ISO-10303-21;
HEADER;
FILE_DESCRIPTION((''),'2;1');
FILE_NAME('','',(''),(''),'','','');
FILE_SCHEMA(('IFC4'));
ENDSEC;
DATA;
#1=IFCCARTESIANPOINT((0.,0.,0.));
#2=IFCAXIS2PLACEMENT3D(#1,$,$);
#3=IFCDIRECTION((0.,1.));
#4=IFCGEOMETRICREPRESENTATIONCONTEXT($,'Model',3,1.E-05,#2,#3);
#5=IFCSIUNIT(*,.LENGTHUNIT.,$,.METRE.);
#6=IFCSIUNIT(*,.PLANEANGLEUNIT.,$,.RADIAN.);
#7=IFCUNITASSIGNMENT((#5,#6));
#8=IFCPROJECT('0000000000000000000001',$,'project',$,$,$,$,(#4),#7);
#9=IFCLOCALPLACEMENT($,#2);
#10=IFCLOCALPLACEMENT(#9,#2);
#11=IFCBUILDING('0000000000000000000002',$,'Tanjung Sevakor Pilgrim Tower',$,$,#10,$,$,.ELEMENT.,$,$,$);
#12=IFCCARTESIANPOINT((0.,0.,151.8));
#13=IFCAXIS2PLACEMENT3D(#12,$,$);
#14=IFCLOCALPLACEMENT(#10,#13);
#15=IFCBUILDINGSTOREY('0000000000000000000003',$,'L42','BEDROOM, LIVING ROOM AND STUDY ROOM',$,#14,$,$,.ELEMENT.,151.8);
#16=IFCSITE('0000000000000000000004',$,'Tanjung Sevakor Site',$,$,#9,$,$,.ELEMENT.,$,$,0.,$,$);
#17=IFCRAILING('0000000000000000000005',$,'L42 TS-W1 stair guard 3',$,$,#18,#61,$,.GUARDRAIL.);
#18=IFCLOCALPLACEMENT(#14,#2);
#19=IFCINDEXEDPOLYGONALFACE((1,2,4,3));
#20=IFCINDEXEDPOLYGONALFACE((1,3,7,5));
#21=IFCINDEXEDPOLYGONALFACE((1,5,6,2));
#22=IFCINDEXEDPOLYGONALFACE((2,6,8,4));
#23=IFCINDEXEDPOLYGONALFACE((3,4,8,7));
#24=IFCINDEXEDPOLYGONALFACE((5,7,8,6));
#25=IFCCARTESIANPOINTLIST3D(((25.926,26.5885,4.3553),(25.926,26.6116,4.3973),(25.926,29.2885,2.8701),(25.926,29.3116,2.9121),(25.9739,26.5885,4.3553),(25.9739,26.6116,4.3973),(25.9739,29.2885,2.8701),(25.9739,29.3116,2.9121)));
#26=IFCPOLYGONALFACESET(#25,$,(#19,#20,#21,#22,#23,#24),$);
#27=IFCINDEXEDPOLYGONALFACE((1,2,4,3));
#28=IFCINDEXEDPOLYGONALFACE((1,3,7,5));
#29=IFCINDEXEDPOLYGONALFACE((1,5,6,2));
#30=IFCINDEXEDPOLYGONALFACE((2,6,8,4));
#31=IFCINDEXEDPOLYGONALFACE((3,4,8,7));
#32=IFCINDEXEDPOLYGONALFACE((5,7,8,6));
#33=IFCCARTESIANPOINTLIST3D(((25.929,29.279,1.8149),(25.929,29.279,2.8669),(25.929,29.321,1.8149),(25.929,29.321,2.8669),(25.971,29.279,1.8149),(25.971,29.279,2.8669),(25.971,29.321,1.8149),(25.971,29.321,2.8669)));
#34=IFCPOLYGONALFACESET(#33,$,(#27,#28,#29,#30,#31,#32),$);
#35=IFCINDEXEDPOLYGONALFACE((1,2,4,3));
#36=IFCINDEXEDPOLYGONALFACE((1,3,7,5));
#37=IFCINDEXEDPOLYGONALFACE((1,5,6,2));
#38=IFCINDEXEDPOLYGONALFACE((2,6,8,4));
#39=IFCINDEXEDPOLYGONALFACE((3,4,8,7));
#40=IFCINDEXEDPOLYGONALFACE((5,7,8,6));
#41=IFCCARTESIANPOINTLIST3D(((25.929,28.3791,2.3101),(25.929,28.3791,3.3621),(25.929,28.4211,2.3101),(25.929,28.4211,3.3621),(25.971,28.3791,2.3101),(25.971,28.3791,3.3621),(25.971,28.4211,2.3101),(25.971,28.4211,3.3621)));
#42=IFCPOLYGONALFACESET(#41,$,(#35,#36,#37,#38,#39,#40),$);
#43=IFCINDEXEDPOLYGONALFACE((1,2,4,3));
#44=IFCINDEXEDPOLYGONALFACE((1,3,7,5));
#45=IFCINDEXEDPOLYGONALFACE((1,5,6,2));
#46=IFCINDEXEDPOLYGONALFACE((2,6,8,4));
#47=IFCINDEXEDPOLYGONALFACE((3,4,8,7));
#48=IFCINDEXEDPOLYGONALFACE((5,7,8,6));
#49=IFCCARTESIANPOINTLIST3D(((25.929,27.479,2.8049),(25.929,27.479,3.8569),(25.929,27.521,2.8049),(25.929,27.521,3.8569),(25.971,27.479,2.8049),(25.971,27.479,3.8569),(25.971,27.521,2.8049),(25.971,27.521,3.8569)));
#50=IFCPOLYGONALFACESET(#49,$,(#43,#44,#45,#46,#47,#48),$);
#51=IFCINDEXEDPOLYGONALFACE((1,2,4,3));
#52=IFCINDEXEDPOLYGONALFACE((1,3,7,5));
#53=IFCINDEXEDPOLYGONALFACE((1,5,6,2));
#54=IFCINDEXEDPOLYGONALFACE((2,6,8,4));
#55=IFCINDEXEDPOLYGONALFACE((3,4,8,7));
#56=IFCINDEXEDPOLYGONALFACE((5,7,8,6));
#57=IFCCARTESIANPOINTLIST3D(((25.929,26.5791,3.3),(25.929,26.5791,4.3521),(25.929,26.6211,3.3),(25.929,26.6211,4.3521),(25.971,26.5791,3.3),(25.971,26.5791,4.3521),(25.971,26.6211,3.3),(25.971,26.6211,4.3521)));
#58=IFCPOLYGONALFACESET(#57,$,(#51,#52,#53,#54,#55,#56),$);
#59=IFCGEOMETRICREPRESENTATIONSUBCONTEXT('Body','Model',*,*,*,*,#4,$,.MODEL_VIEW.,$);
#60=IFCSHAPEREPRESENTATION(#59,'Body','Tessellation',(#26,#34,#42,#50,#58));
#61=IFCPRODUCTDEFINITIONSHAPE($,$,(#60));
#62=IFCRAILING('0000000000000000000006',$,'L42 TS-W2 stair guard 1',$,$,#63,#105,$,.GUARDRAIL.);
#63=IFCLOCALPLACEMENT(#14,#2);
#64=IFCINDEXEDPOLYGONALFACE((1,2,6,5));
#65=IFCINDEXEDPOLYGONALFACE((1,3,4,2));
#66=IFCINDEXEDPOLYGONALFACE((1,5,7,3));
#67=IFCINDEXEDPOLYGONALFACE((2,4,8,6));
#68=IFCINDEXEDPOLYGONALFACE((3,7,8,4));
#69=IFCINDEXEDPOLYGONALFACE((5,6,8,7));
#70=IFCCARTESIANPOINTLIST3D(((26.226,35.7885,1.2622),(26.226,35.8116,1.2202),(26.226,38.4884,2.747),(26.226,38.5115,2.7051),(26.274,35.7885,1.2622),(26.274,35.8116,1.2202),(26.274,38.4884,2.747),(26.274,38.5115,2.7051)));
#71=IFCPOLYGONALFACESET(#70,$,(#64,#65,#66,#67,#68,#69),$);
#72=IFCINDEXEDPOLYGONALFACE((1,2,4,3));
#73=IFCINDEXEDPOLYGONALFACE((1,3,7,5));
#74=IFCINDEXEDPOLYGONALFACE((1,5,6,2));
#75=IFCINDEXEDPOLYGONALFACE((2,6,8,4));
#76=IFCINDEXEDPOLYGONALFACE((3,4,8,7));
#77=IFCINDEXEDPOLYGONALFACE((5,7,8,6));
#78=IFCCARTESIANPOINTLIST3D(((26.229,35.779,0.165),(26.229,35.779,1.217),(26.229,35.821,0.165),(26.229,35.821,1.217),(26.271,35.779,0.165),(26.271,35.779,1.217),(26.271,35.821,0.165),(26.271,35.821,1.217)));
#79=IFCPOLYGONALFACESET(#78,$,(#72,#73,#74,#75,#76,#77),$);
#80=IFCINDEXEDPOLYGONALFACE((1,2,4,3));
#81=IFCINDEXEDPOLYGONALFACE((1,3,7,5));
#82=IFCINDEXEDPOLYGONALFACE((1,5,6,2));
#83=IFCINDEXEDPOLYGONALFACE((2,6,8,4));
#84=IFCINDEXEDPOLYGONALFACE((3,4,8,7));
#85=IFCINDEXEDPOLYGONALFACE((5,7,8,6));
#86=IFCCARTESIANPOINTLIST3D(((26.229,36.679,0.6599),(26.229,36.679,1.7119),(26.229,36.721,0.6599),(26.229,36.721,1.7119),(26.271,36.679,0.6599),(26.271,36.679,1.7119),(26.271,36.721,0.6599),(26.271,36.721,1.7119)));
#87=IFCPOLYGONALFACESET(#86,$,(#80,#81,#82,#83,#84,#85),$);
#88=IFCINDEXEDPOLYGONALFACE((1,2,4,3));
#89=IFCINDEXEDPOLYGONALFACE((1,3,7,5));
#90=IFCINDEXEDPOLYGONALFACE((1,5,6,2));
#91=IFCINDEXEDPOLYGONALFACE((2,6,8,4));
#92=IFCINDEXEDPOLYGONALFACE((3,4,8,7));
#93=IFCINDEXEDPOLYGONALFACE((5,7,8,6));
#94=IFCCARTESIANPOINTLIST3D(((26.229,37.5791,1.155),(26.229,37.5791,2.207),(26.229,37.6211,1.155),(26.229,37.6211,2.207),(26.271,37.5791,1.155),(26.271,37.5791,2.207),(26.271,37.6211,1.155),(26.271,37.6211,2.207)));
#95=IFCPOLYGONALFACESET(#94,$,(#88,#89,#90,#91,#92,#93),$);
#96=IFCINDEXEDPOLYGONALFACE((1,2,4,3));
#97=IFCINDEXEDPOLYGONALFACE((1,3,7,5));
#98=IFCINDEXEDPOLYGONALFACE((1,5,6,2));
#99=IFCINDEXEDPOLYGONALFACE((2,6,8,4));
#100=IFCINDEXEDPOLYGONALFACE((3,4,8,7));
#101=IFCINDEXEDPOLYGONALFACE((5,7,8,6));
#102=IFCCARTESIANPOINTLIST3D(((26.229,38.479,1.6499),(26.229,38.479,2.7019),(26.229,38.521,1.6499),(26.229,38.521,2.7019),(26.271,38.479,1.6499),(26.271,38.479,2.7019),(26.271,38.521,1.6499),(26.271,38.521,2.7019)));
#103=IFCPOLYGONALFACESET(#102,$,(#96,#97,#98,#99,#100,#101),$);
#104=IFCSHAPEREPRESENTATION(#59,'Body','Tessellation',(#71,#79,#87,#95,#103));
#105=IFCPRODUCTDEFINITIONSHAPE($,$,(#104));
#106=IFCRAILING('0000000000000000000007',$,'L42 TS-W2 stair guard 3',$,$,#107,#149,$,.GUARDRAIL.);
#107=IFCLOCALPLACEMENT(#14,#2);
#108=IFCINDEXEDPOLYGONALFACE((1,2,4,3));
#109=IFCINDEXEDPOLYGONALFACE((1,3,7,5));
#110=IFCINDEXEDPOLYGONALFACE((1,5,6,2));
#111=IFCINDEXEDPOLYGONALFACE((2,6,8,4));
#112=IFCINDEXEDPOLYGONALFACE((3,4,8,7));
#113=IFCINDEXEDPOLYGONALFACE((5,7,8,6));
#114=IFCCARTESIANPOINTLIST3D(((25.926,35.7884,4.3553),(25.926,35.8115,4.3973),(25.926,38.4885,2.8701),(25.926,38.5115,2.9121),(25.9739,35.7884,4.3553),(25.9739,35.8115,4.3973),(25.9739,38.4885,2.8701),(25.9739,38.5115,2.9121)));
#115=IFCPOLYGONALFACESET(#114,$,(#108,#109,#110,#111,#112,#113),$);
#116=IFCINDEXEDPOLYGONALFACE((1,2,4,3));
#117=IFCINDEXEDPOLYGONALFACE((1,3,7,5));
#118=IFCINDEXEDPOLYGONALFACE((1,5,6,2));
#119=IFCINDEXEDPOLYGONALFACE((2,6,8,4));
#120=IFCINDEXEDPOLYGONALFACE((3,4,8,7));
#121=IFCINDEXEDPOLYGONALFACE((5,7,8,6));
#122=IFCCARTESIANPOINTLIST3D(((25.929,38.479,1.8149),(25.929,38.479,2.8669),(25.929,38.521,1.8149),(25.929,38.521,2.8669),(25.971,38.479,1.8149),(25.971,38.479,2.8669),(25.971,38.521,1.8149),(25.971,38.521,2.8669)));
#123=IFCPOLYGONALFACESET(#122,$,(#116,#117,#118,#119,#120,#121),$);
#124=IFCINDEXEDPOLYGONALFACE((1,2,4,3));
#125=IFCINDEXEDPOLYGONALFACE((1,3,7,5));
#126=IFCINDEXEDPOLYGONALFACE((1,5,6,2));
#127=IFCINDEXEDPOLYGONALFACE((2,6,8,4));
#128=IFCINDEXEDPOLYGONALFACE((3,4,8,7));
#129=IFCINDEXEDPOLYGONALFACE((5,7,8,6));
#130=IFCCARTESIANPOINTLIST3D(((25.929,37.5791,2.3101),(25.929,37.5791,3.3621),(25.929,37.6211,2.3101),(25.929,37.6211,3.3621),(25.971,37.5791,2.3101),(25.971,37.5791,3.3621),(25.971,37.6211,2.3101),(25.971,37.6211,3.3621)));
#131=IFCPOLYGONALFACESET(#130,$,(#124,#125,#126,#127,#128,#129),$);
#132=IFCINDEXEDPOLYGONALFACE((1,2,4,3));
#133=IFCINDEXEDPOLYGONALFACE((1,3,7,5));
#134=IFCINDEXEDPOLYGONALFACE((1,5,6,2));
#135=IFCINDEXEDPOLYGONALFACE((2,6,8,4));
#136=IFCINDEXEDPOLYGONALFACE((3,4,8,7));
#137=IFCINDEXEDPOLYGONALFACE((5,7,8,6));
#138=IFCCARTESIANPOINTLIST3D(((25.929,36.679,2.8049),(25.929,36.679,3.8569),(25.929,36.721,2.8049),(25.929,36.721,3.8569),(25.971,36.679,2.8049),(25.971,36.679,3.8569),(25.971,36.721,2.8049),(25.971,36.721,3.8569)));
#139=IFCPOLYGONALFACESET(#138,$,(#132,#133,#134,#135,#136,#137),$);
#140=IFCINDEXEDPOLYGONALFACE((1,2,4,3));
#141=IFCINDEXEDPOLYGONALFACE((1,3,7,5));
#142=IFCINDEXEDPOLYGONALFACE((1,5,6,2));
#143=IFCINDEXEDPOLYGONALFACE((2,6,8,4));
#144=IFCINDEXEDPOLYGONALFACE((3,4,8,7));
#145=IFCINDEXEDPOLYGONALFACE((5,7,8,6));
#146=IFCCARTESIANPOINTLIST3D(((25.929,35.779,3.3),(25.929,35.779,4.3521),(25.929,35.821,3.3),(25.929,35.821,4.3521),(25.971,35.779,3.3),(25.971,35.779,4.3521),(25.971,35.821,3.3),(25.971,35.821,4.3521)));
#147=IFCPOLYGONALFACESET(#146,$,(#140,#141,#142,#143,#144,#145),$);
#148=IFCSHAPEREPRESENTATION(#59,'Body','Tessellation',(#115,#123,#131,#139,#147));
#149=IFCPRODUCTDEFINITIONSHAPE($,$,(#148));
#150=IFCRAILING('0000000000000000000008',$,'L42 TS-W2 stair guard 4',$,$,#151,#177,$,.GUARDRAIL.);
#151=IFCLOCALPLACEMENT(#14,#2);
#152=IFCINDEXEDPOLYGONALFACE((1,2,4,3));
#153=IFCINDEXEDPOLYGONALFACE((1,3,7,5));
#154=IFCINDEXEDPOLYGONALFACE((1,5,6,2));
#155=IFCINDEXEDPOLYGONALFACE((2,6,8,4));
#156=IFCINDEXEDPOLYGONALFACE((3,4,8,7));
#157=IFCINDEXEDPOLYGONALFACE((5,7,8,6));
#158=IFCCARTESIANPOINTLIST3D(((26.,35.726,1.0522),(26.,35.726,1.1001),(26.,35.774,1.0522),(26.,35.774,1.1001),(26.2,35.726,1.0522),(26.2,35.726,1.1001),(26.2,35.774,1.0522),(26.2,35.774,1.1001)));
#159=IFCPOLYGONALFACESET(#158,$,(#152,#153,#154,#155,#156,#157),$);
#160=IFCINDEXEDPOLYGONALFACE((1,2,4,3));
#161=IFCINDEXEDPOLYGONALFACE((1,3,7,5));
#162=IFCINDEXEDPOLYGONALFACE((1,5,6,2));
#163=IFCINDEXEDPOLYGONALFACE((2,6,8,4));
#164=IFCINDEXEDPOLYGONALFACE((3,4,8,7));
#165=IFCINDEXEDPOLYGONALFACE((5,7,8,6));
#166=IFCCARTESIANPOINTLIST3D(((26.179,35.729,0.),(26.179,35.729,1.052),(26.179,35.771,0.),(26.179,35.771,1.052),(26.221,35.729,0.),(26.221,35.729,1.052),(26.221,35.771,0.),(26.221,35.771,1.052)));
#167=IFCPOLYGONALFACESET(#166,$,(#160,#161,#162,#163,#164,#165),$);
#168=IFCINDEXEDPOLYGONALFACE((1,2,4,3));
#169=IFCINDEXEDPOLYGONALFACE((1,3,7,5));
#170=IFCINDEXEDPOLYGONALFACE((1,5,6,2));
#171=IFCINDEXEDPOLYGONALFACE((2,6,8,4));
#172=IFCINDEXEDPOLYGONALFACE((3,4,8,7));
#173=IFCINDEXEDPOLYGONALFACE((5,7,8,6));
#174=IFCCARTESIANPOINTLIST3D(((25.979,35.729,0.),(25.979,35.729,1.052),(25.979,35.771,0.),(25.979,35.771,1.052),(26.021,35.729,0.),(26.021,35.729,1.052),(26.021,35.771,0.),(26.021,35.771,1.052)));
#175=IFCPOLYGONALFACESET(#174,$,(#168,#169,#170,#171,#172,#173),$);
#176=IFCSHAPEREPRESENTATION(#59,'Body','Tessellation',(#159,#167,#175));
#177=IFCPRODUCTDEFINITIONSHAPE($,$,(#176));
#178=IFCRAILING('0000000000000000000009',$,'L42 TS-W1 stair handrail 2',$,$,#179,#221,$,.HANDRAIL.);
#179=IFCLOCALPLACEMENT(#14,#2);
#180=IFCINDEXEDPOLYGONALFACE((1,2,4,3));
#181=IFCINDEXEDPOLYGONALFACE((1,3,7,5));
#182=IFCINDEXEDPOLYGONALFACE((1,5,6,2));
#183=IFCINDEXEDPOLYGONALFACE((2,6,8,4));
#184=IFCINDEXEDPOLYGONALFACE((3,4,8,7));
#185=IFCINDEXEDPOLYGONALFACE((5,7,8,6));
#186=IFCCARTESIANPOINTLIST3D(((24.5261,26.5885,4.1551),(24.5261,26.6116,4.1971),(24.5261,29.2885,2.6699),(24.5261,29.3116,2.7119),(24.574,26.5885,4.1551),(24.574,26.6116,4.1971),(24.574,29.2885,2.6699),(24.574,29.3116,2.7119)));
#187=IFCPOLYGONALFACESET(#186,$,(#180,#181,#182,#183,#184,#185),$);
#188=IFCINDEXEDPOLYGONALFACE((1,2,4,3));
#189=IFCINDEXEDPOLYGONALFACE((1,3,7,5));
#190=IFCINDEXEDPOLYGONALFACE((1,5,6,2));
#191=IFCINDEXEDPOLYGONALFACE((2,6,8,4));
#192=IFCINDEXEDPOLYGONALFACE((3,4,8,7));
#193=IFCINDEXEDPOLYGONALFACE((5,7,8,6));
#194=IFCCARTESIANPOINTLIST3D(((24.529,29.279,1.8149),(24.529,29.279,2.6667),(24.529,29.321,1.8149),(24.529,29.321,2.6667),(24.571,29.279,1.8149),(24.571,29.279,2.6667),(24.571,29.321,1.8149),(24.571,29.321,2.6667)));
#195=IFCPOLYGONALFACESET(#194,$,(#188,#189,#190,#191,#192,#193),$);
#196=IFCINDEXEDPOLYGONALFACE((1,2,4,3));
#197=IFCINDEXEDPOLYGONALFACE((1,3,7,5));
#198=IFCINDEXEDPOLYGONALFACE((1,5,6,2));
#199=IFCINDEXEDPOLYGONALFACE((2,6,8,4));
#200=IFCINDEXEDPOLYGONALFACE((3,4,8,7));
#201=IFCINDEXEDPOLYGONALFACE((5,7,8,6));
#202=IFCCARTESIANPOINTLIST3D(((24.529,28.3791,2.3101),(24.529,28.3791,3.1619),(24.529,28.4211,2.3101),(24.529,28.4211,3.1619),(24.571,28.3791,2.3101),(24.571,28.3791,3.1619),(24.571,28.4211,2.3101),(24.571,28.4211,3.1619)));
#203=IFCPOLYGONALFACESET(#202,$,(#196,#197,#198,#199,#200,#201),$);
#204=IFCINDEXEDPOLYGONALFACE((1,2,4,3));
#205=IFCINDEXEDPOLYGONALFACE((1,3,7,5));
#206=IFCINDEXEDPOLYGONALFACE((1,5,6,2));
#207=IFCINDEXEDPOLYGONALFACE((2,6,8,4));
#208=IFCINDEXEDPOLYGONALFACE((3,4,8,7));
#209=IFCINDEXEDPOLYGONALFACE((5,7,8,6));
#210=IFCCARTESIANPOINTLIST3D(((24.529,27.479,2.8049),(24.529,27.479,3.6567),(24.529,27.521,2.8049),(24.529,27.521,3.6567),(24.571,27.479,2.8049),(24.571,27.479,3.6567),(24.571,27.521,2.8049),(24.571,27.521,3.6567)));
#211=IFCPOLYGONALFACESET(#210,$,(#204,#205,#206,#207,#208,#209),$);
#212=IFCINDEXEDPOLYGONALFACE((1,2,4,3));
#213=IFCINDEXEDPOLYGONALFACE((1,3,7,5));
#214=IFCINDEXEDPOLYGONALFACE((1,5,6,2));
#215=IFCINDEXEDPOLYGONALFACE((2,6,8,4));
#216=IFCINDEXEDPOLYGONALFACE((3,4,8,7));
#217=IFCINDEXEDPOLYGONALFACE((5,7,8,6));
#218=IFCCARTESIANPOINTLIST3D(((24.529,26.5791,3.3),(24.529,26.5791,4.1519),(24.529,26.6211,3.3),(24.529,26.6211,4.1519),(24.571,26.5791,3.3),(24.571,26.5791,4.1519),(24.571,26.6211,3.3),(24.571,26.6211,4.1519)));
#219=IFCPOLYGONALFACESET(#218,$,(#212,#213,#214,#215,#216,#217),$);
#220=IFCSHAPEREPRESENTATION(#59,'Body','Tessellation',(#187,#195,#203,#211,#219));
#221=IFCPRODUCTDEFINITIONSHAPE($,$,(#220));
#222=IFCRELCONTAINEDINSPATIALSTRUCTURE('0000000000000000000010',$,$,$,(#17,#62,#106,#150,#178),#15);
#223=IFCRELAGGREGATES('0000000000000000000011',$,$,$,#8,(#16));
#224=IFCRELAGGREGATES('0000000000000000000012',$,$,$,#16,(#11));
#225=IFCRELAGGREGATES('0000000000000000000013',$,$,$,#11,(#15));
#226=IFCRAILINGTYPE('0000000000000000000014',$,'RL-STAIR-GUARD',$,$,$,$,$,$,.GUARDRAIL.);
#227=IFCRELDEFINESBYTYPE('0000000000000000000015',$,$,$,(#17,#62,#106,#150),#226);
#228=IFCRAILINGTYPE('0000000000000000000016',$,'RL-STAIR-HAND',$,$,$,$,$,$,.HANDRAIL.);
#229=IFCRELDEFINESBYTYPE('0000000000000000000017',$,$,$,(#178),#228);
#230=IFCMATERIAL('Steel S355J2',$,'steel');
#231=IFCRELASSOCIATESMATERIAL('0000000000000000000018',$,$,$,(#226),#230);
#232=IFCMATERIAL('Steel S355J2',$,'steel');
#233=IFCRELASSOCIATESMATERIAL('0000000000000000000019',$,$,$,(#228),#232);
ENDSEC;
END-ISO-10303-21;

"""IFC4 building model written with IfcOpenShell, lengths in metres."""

from ifc_helpers import new_model, si_unit, direction, frame, origin, place, context, subcontext, project, spatial, rectangle, extrude, material, type_object, element, save


model = new_model("IFC4")

# Units and contexts
model_context = context("Model", 3, precision=1e-05, world=origin(), true_north=direction((0.0, 1.0)))
body_context = subcontext(model_context, "Body", "Model", "MODEL_VIEW")
ifc_project = project(units=[si_unit("LENGTHUNIT", "METRE"), si_unit("PLANEANGLEUNIT", "RADIAN")], contexts=[model_context])

# Site, building, storey
site_placement = place(None, origin())
site = spatial("IfcSite", under=ifc_project, at=site_placement, Name="Tanjung Sevakor Site", CompositionType="ELEMENT", RefElevation=0.0)
building_placement = place(site_placement, origin())
building = spatial("IfcBuilding", under=site, at=building_placement, Name="Tanjung Sevakor Pilgrim Tower", CompositionType="ELEMENT")
storey_placement = place(building_placement, frame((0.0, 0.0, 151.8)))
storey = spatial("IfcBuildingStorey", under=building, at=storey_placement, Name="L42", Description="BEDROOM, LIVING ROOM AND STUDY ROOM", CompositionType="ELEMENT", Elevation=151.8)

# Railings
ifc_material_1 = material(Name="Steel S355J2", Category="steel")
railing_type_1 = type_object("IfcRailingType", Name="RL-STAIR-GUARD", PredefinedType="GUARDRAIL", material=ifc_material_1)
railing_1_placement = place(storey_placement, frame((25.95, 29.3, 1.8149)))
element("IfcRailing", 1, at=railing_1_placement, inside=storey, type_object=railing_type_1, Name="L42 TS-W1 stair guard 3", PredefinedType="GUARDRAIL", context=body_context, shape_type="SweptSolid", body=[
    extrude(rectangle(XDim=0.0479, YDim=0.0479), frame((0.0, 0.0, 1.0762), z_axis=(0.0, -0.876198, 0.481952), x_axis=(1.0, 0.0, 0.0)), (0.0, 0.0, 1.0), 3.0815),
    extrude(rectangle(XDim=0.042, YDim=0.042), origin(), (0.0, 0.0, 1.0), 1.052),
    extrude(rectangle(XDim=0.042, YDim=0.042), frame((0.0, -0.8999, 0.4951)), (0.0, 0.0, 1.0), 1.052),
    extrude(rectangle(XDim=0.042, YDim=0.042), frame((0.0, -1.8, 0.99)), (0.0, 0.0, 1.0), 1.052),
    extrude(rectangle(XDim=0.042, YDim=0.042), frame((0.0, -2.7, 1.4851)), (0.0, 0.0, 1.0), 1.052),
])
railing_2_placement = place(storey_placement, frame((26.25, 35.8, 0.165)))
element("IfcRailing", 2, at=railing_2_placement, inside=storey, type_object=railing_type_1, Name="L42 TS-W2 stair guard 1", PredefinedType="GUARDRAIL", context=body_context, shape_type="SweptSolid", body=[
    extrude(rectangle(XDim=0.0479, YDim=0.0479), frame((0.0, 0.0, 1.0762), z_axis=(0.0, 0.876231, 0.481891), x_axis=(-1.0, 0.0, 0.0)), (0.0, 0.0, 1.0), 3.0813),
    extrude(rectangle(XDim=0.042, YDim=0.042), origin(), (0.0, 0.0, 1.0), 1.052),
    extrude(rectangle(XDim=0.042, YDim=0.042), frame((0.0, 0.8999, 0.4949)), (0.0, 0.0, 1.0), 1.052),
    extrude(rectangle(XDim=0.042, YDim=0.042), frame((0.0, 1.8, 0.99)), (0.0, 0.0, 1.0), 1.052),
    extrude(rectangle(XDim=0.042, YDim=0.042), frame((0.0, 2.7, 1.4849)), (0.0, 0.0, 1.0), 1.052),
])
railing_3_placement = place(storey_placement, frame((25.95, 38.5, 1.8149)))
element("IfcRailing", 3, at=railing_3_placement, inside=storey, type_object=railing_type_1, Name="L42 TS-W2 stair guard 3", PredefinedType="GUARDRAIL", context=body_context, shape_type="SweptSolid", body=[
    extrude(rectangle(XDim=0.0479, YDim=0.0479), frame((0.0, 0.0, 1.0762), z_axis=(0.0, -0.876198, 0.481952), x_axis=(1.0, 0.0, 0.0)), (0.0, 0.0, 1.0), 3.0815),
    extrude(rectangle(XDim=0.042, YDim=0.042), origin(), (0.0, 0.0, 1.0), 1.052),
    extrude(rectangle(XDim=0.042, YDim=0.042), frame((0.0, -0.8999, 0.4951)), (0.0, 0.0, 1.0), 1.052),
    extrude(rectangle(XDim=0.042, YDim=0.042), frame((0.0, -1.8, 0.99)), (0.0, 0.0, 1.0), 1.052),
    extrude(rectangle(XDim=0.042, YDim=0.042), frame((0.0, -2.7, 1.4851)), (0.0, 0.0, 1.0), 1.052),
])
railing_4_placement = place(storey_placement, frame((26.2, 35.75, 0.0)))
element("IfcRailing", 4, at=railing_4_placement, inside=storey, type_object=railing_type_1, Name="L42 TS-W2 stair guard 4", PredefinedType="GUARDRAIL", context=body_context, shape_type="SweptSolid", body=[
    extrude(rectangle(XDim=0.0479, YDim=0.0479), frame((0.0, 0.0, 1.0762), z_axis=(-1.0, 0.0, 0.0), x_axis=(0.0, -1.0, 0.0)), (0.0, 0.0, 1.0), 0.2),
    extrude(rectangle(XDim=0.042, YDim=0.042), origin(), (0.0, 0.0, 1.0), 1.052),
    extrude(rectangle(XDim=0.042, YDim=0.042), frame((-0.2, 0.0, 0.0)), (0.0, 0.0, 1.0), 1.052),
])
ifc_material_2 = material(Name="Steel S355J2", Category="steel")
railing_type_2 = type_object("IfcRailingType", Name="RL-STAIR-HAND", PredefinedType="HANDRAIL", material=ifc_material_2)
railing_5_placement = place(storey_placement, frame((24.55, 29.3, 1.8149)))
element("IfcRailing", 5, at=railing_5_placement, inside=storey, type_object=railing_type_2, Name="L42 TS-W1 stair handrail 2", PredefinedType="HANDRAIL", context=body_context, shape_type="SweptSolid", body=[
    extrude(rectangle(XDim=0.0479, YDim=0.0479), frame((0.0, 0.0, 0.876), z_axis=(0.0, -0.876198, 0.481952), x_axis=(1.0, 0.0, 0.0)), (0.0, 0.0, 1.0), 3.0815),
    extrude(rectangle(XDim=0.042, YDim=0.042), origin(), (0.0, 0.0, 1.0), 0.8518),
    extrude(rectangle(XDim=0.042, YDim=0.042), frame((0.0, -0.8999, 0.4951)), (0.0, 0.0, 1.0), 0.8518),
    extrude(rectangle(XDim=0.042, YDim=0.042), frame((0.0, -1.8, 0.99)), (0.0, 0.0, 1.0), 0.8518),
    extrude(rectangle(XDim=0.042, YDim=0.042), frame((0.0, -2.7, 1.4851)), (0.0, 0.0, 1.0), 0.8518),
])

save(model, "model.ifc")
